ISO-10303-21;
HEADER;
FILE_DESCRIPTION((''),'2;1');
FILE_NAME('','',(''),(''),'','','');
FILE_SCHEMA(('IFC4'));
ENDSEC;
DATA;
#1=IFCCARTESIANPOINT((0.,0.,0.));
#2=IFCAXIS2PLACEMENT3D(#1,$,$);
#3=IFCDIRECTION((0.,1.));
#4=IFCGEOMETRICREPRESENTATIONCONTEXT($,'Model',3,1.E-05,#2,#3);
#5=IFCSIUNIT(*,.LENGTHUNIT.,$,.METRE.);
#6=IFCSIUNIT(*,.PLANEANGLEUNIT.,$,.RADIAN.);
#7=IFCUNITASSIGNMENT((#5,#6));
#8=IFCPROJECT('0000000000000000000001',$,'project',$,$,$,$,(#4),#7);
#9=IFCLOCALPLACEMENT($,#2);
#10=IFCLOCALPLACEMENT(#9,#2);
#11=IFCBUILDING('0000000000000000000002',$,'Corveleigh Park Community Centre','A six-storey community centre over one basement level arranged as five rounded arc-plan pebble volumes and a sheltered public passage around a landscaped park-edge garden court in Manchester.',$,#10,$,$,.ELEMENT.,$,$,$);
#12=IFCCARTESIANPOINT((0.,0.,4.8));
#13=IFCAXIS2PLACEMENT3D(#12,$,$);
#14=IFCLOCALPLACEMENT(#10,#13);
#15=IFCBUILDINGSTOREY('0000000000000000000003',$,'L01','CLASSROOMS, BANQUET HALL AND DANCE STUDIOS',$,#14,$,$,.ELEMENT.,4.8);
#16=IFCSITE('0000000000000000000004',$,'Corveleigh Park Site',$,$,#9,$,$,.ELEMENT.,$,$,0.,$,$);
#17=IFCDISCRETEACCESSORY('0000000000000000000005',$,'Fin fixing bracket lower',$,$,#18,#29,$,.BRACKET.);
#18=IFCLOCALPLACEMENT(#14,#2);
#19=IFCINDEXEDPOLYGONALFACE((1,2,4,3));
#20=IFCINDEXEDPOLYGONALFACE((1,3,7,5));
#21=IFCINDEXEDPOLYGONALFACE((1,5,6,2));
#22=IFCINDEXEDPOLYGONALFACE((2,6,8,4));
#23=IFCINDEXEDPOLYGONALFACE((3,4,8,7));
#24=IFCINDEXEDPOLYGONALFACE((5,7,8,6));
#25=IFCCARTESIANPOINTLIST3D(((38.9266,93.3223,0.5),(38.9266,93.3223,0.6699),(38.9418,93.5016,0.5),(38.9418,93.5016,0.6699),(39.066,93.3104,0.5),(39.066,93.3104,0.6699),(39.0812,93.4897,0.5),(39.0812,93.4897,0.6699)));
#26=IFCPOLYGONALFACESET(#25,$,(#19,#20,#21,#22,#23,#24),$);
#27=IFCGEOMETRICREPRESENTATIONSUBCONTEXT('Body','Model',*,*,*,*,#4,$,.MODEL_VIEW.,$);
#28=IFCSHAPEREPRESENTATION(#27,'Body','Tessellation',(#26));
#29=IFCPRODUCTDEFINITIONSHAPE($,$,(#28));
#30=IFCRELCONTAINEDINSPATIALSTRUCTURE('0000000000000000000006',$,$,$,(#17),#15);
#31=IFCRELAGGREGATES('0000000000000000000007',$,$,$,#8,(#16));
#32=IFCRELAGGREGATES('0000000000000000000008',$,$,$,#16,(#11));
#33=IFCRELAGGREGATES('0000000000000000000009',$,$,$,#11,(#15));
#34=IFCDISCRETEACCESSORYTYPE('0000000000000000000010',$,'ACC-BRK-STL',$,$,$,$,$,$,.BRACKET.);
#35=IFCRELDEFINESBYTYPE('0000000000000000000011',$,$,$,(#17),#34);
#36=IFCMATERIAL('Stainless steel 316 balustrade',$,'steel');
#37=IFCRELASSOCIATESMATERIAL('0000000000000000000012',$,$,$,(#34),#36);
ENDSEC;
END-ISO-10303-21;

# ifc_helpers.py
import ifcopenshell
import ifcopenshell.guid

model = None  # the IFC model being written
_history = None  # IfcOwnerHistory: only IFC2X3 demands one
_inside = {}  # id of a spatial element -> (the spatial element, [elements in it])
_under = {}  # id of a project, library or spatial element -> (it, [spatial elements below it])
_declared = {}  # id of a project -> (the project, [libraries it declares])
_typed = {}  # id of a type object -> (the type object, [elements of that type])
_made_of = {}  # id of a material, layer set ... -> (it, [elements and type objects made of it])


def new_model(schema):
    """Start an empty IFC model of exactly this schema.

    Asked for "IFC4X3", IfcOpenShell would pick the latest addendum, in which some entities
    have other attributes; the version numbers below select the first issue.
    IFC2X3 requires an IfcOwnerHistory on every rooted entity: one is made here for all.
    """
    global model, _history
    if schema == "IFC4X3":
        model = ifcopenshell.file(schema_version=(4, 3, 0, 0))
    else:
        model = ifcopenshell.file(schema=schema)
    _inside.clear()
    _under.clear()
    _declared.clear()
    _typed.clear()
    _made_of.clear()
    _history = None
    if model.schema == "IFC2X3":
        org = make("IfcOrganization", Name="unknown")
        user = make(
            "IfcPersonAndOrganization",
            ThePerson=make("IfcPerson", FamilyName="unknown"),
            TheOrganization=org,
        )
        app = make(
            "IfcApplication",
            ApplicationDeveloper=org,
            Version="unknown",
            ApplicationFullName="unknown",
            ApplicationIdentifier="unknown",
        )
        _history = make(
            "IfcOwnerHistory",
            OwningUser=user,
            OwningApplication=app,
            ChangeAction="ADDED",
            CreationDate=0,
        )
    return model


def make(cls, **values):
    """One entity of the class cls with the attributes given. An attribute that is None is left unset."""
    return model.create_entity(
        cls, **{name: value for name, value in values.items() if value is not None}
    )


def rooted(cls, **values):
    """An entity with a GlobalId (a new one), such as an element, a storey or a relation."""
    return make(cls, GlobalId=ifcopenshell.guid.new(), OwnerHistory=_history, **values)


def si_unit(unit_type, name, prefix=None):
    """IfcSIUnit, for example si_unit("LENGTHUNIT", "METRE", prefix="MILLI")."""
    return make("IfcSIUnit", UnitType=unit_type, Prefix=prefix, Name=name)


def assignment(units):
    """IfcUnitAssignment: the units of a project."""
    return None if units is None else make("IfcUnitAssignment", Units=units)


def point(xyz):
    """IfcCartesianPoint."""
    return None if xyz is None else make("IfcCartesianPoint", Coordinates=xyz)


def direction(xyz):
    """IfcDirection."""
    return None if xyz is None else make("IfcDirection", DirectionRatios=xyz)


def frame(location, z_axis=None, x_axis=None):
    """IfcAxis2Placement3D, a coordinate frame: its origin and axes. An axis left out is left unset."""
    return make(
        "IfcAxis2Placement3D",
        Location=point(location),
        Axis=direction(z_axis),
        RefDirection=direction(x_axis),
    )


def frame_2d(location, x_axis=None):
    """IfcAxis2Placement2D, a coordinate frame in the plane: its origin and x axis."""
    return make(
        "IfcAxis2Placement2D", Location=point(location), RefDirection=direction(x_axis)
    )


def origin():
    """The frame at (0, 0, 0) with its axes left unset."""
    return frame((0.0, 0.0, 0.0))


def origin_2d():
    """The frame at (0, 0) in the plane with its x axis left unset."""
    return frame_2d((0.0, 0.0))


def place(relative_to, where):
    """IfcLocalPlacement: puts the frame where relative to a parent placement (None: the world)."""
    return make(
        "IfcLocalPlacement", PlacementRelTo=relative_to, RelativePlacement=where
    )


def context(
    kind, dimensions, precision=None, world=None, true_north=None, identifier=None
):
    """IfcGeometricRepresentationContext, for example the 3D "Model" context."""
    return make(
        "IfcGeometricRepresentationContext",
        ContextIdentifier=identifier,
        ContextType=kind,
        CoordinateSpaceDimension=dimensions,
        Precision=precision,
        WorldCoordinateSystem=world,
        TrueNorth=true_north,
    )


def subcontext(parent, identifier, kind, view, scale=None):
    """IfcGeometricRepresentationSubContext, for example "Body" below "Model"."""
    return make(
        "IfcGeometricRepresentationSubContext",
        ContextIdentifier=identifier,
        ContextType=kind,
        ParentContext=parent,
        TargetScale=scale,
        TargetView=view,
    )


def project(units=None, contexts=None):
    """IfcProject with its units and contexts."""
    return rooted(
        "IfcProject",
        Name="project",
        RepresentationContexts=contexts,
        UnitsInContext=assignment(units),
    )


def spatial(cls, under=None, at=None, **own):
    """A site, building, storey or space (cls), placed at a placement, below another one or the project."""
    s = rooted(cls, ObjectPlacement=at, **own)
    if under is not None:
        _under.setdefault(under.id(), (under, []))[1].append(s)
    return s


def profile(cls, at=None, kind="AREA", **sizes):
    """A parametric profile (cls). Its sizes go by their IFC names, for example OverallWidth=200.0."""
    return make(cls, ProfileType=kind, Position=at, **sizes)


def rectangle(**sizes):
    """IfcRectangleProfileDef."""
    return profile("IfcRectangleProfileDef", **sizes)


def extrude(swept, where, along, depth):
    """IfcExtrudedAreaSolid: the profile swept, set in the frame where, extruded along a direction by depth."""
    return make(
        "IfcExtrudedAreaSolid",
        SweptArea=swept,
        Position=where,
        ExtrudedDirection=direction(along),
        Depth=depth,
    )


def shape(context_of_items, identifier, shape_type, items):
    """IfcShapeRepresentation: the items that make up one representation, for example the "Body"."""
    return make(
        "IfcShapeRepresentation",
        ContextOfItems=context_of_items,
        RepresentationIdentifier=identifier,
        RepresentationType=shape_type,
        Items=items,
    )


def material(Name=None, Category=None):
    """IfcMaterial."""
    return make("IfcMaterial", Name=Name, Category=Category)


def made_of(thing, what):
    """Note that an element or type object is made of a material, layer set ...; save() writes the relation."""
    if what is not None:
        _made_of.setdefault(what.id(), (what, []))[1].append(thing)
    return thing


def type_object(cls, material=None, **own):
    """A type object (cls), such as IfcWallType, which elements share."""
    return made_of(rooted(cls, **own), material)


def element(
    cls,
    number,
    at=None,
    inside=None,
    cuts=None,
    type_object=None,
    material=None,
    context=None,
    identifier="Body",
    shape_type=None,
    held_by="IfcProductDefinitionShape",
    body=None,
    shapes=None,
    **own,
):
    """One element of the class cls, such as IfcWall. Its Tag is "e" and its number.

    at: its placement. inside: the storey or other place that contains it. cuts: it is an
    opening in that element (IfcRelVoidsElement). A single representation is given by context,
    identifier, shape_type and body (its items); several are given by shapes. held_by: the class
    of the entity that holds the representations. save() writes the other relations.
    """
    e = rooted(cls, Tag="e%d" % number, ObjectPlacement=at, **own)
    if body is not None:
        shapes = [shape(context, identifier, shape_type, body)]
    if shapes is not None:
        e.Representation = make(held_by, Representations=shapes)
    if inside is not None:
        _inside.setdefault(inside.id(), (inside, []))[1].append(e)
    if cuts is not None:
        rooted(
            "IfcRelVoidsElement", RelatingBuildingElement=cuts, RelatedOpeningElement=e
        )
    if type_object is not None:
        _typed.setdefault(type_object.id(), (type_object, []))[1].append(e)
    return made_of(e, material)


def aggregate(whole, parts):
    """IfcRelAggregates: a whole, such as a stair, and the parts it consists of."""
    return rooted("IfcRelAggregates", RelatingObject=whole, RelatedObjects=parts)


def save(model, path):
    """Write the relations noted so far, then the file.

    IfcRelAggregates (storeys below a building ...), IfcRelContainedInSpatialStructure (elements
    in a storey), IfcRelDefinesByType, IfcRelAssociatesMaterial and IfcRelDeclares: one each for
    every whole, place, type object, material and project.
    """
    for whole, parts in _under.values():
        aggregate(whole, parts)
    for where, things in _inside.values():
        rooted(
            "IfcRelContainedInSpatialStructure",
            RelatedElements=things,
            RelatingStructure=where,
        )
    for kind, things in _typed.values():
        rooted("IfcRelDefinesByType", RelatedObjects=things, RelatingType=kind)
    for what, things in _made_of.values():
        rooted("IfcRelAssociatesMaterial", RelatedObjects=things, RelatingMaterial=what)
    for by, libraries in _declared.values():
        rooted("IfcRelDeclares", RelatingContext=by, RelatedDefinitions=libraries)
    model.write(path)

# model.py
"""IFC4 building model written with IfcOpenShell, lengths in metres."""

from ifc_helpers import new_model, si_unit, direction, frame, origin, origin_2d, place, context, subcontext, project, spatial, rectangle, extrude, material, type_object, element, save


model = new_model("IFC4")

# Units and contexts
model_context = context("Model", 3, precision=1e-05, world=origin(), true_north=direction((0.0, 1.0)))
body_context = subcontext(model_context, "Body", "Model", "MODEL_VIEW")
ifc_project = project(units=[si_unit("LENGTHUNIT", "METRE"), si_unit("PLANEANGLEUNIT", "RADIAN")], contexts=[model_context])

# Site, building, storey
site_placement = place(None, origin())
site = spatial("IfcSite", under=ifc_project, at=site_placement, Name="Corveleigh Park Site", CompositionType="ELEMENT", RefElevation=0.0)
building_placement = place(site_placement, origin())
building = spatial("IfcBuilding", under=site, at=building_placement, Name="Corveleigh Park Community Centre", Description="A six-storey community centre over one basement level arranged as five rounded arc-plan pebble volumes and a sheltered public passage around a landscaped park-edge garden court in Manchester.", CompositionType="ELEMENT")
storey_placement = place(building_placement, frame((0.0, 0.0, 4.8)))
storey = spatial("IfcBuildingStorey", under=building, at=storey_placement, Name="L01", Description="CLASSROOMS, BANQUET HALL AND DANCE STUDIOS", CompositionType="ELEMENT", Elevation=4.8)

# Discrete accessory
ifc_material_1 = material(Name="Stainless steel 316 balustrade", Category="steel")
discrete_accessory_type = type_object("IfcDiscreteAccessoryType", Name="ACC-BRK-STL", PredefinedType="BRACKET", material=ifc_material_1)
discrete_accessory_placement = place(storey_placement, frame((39.0039, 93.406, 0.5), z_axis=(0.0, 0.0, 1.0), x_axis=(0.084654, 0.99641, 0.0)))
element("IfcDiscreteAccessory", 1, at=discrete_accessory_placement, inside=storey, type_object=discrete_accessory_type, Name="Fin fixing bracket lower", PredefinedType="BRACKET", context=body_context, shape_type="SweptSolid", body=[
    extrude(rectangle(XDim=0.1799, YDim=0.1399, at=origin_2d()), origin(), (0.0, 0.0, 1.0), 0.1699),
])

save(model, "model.ifc")
